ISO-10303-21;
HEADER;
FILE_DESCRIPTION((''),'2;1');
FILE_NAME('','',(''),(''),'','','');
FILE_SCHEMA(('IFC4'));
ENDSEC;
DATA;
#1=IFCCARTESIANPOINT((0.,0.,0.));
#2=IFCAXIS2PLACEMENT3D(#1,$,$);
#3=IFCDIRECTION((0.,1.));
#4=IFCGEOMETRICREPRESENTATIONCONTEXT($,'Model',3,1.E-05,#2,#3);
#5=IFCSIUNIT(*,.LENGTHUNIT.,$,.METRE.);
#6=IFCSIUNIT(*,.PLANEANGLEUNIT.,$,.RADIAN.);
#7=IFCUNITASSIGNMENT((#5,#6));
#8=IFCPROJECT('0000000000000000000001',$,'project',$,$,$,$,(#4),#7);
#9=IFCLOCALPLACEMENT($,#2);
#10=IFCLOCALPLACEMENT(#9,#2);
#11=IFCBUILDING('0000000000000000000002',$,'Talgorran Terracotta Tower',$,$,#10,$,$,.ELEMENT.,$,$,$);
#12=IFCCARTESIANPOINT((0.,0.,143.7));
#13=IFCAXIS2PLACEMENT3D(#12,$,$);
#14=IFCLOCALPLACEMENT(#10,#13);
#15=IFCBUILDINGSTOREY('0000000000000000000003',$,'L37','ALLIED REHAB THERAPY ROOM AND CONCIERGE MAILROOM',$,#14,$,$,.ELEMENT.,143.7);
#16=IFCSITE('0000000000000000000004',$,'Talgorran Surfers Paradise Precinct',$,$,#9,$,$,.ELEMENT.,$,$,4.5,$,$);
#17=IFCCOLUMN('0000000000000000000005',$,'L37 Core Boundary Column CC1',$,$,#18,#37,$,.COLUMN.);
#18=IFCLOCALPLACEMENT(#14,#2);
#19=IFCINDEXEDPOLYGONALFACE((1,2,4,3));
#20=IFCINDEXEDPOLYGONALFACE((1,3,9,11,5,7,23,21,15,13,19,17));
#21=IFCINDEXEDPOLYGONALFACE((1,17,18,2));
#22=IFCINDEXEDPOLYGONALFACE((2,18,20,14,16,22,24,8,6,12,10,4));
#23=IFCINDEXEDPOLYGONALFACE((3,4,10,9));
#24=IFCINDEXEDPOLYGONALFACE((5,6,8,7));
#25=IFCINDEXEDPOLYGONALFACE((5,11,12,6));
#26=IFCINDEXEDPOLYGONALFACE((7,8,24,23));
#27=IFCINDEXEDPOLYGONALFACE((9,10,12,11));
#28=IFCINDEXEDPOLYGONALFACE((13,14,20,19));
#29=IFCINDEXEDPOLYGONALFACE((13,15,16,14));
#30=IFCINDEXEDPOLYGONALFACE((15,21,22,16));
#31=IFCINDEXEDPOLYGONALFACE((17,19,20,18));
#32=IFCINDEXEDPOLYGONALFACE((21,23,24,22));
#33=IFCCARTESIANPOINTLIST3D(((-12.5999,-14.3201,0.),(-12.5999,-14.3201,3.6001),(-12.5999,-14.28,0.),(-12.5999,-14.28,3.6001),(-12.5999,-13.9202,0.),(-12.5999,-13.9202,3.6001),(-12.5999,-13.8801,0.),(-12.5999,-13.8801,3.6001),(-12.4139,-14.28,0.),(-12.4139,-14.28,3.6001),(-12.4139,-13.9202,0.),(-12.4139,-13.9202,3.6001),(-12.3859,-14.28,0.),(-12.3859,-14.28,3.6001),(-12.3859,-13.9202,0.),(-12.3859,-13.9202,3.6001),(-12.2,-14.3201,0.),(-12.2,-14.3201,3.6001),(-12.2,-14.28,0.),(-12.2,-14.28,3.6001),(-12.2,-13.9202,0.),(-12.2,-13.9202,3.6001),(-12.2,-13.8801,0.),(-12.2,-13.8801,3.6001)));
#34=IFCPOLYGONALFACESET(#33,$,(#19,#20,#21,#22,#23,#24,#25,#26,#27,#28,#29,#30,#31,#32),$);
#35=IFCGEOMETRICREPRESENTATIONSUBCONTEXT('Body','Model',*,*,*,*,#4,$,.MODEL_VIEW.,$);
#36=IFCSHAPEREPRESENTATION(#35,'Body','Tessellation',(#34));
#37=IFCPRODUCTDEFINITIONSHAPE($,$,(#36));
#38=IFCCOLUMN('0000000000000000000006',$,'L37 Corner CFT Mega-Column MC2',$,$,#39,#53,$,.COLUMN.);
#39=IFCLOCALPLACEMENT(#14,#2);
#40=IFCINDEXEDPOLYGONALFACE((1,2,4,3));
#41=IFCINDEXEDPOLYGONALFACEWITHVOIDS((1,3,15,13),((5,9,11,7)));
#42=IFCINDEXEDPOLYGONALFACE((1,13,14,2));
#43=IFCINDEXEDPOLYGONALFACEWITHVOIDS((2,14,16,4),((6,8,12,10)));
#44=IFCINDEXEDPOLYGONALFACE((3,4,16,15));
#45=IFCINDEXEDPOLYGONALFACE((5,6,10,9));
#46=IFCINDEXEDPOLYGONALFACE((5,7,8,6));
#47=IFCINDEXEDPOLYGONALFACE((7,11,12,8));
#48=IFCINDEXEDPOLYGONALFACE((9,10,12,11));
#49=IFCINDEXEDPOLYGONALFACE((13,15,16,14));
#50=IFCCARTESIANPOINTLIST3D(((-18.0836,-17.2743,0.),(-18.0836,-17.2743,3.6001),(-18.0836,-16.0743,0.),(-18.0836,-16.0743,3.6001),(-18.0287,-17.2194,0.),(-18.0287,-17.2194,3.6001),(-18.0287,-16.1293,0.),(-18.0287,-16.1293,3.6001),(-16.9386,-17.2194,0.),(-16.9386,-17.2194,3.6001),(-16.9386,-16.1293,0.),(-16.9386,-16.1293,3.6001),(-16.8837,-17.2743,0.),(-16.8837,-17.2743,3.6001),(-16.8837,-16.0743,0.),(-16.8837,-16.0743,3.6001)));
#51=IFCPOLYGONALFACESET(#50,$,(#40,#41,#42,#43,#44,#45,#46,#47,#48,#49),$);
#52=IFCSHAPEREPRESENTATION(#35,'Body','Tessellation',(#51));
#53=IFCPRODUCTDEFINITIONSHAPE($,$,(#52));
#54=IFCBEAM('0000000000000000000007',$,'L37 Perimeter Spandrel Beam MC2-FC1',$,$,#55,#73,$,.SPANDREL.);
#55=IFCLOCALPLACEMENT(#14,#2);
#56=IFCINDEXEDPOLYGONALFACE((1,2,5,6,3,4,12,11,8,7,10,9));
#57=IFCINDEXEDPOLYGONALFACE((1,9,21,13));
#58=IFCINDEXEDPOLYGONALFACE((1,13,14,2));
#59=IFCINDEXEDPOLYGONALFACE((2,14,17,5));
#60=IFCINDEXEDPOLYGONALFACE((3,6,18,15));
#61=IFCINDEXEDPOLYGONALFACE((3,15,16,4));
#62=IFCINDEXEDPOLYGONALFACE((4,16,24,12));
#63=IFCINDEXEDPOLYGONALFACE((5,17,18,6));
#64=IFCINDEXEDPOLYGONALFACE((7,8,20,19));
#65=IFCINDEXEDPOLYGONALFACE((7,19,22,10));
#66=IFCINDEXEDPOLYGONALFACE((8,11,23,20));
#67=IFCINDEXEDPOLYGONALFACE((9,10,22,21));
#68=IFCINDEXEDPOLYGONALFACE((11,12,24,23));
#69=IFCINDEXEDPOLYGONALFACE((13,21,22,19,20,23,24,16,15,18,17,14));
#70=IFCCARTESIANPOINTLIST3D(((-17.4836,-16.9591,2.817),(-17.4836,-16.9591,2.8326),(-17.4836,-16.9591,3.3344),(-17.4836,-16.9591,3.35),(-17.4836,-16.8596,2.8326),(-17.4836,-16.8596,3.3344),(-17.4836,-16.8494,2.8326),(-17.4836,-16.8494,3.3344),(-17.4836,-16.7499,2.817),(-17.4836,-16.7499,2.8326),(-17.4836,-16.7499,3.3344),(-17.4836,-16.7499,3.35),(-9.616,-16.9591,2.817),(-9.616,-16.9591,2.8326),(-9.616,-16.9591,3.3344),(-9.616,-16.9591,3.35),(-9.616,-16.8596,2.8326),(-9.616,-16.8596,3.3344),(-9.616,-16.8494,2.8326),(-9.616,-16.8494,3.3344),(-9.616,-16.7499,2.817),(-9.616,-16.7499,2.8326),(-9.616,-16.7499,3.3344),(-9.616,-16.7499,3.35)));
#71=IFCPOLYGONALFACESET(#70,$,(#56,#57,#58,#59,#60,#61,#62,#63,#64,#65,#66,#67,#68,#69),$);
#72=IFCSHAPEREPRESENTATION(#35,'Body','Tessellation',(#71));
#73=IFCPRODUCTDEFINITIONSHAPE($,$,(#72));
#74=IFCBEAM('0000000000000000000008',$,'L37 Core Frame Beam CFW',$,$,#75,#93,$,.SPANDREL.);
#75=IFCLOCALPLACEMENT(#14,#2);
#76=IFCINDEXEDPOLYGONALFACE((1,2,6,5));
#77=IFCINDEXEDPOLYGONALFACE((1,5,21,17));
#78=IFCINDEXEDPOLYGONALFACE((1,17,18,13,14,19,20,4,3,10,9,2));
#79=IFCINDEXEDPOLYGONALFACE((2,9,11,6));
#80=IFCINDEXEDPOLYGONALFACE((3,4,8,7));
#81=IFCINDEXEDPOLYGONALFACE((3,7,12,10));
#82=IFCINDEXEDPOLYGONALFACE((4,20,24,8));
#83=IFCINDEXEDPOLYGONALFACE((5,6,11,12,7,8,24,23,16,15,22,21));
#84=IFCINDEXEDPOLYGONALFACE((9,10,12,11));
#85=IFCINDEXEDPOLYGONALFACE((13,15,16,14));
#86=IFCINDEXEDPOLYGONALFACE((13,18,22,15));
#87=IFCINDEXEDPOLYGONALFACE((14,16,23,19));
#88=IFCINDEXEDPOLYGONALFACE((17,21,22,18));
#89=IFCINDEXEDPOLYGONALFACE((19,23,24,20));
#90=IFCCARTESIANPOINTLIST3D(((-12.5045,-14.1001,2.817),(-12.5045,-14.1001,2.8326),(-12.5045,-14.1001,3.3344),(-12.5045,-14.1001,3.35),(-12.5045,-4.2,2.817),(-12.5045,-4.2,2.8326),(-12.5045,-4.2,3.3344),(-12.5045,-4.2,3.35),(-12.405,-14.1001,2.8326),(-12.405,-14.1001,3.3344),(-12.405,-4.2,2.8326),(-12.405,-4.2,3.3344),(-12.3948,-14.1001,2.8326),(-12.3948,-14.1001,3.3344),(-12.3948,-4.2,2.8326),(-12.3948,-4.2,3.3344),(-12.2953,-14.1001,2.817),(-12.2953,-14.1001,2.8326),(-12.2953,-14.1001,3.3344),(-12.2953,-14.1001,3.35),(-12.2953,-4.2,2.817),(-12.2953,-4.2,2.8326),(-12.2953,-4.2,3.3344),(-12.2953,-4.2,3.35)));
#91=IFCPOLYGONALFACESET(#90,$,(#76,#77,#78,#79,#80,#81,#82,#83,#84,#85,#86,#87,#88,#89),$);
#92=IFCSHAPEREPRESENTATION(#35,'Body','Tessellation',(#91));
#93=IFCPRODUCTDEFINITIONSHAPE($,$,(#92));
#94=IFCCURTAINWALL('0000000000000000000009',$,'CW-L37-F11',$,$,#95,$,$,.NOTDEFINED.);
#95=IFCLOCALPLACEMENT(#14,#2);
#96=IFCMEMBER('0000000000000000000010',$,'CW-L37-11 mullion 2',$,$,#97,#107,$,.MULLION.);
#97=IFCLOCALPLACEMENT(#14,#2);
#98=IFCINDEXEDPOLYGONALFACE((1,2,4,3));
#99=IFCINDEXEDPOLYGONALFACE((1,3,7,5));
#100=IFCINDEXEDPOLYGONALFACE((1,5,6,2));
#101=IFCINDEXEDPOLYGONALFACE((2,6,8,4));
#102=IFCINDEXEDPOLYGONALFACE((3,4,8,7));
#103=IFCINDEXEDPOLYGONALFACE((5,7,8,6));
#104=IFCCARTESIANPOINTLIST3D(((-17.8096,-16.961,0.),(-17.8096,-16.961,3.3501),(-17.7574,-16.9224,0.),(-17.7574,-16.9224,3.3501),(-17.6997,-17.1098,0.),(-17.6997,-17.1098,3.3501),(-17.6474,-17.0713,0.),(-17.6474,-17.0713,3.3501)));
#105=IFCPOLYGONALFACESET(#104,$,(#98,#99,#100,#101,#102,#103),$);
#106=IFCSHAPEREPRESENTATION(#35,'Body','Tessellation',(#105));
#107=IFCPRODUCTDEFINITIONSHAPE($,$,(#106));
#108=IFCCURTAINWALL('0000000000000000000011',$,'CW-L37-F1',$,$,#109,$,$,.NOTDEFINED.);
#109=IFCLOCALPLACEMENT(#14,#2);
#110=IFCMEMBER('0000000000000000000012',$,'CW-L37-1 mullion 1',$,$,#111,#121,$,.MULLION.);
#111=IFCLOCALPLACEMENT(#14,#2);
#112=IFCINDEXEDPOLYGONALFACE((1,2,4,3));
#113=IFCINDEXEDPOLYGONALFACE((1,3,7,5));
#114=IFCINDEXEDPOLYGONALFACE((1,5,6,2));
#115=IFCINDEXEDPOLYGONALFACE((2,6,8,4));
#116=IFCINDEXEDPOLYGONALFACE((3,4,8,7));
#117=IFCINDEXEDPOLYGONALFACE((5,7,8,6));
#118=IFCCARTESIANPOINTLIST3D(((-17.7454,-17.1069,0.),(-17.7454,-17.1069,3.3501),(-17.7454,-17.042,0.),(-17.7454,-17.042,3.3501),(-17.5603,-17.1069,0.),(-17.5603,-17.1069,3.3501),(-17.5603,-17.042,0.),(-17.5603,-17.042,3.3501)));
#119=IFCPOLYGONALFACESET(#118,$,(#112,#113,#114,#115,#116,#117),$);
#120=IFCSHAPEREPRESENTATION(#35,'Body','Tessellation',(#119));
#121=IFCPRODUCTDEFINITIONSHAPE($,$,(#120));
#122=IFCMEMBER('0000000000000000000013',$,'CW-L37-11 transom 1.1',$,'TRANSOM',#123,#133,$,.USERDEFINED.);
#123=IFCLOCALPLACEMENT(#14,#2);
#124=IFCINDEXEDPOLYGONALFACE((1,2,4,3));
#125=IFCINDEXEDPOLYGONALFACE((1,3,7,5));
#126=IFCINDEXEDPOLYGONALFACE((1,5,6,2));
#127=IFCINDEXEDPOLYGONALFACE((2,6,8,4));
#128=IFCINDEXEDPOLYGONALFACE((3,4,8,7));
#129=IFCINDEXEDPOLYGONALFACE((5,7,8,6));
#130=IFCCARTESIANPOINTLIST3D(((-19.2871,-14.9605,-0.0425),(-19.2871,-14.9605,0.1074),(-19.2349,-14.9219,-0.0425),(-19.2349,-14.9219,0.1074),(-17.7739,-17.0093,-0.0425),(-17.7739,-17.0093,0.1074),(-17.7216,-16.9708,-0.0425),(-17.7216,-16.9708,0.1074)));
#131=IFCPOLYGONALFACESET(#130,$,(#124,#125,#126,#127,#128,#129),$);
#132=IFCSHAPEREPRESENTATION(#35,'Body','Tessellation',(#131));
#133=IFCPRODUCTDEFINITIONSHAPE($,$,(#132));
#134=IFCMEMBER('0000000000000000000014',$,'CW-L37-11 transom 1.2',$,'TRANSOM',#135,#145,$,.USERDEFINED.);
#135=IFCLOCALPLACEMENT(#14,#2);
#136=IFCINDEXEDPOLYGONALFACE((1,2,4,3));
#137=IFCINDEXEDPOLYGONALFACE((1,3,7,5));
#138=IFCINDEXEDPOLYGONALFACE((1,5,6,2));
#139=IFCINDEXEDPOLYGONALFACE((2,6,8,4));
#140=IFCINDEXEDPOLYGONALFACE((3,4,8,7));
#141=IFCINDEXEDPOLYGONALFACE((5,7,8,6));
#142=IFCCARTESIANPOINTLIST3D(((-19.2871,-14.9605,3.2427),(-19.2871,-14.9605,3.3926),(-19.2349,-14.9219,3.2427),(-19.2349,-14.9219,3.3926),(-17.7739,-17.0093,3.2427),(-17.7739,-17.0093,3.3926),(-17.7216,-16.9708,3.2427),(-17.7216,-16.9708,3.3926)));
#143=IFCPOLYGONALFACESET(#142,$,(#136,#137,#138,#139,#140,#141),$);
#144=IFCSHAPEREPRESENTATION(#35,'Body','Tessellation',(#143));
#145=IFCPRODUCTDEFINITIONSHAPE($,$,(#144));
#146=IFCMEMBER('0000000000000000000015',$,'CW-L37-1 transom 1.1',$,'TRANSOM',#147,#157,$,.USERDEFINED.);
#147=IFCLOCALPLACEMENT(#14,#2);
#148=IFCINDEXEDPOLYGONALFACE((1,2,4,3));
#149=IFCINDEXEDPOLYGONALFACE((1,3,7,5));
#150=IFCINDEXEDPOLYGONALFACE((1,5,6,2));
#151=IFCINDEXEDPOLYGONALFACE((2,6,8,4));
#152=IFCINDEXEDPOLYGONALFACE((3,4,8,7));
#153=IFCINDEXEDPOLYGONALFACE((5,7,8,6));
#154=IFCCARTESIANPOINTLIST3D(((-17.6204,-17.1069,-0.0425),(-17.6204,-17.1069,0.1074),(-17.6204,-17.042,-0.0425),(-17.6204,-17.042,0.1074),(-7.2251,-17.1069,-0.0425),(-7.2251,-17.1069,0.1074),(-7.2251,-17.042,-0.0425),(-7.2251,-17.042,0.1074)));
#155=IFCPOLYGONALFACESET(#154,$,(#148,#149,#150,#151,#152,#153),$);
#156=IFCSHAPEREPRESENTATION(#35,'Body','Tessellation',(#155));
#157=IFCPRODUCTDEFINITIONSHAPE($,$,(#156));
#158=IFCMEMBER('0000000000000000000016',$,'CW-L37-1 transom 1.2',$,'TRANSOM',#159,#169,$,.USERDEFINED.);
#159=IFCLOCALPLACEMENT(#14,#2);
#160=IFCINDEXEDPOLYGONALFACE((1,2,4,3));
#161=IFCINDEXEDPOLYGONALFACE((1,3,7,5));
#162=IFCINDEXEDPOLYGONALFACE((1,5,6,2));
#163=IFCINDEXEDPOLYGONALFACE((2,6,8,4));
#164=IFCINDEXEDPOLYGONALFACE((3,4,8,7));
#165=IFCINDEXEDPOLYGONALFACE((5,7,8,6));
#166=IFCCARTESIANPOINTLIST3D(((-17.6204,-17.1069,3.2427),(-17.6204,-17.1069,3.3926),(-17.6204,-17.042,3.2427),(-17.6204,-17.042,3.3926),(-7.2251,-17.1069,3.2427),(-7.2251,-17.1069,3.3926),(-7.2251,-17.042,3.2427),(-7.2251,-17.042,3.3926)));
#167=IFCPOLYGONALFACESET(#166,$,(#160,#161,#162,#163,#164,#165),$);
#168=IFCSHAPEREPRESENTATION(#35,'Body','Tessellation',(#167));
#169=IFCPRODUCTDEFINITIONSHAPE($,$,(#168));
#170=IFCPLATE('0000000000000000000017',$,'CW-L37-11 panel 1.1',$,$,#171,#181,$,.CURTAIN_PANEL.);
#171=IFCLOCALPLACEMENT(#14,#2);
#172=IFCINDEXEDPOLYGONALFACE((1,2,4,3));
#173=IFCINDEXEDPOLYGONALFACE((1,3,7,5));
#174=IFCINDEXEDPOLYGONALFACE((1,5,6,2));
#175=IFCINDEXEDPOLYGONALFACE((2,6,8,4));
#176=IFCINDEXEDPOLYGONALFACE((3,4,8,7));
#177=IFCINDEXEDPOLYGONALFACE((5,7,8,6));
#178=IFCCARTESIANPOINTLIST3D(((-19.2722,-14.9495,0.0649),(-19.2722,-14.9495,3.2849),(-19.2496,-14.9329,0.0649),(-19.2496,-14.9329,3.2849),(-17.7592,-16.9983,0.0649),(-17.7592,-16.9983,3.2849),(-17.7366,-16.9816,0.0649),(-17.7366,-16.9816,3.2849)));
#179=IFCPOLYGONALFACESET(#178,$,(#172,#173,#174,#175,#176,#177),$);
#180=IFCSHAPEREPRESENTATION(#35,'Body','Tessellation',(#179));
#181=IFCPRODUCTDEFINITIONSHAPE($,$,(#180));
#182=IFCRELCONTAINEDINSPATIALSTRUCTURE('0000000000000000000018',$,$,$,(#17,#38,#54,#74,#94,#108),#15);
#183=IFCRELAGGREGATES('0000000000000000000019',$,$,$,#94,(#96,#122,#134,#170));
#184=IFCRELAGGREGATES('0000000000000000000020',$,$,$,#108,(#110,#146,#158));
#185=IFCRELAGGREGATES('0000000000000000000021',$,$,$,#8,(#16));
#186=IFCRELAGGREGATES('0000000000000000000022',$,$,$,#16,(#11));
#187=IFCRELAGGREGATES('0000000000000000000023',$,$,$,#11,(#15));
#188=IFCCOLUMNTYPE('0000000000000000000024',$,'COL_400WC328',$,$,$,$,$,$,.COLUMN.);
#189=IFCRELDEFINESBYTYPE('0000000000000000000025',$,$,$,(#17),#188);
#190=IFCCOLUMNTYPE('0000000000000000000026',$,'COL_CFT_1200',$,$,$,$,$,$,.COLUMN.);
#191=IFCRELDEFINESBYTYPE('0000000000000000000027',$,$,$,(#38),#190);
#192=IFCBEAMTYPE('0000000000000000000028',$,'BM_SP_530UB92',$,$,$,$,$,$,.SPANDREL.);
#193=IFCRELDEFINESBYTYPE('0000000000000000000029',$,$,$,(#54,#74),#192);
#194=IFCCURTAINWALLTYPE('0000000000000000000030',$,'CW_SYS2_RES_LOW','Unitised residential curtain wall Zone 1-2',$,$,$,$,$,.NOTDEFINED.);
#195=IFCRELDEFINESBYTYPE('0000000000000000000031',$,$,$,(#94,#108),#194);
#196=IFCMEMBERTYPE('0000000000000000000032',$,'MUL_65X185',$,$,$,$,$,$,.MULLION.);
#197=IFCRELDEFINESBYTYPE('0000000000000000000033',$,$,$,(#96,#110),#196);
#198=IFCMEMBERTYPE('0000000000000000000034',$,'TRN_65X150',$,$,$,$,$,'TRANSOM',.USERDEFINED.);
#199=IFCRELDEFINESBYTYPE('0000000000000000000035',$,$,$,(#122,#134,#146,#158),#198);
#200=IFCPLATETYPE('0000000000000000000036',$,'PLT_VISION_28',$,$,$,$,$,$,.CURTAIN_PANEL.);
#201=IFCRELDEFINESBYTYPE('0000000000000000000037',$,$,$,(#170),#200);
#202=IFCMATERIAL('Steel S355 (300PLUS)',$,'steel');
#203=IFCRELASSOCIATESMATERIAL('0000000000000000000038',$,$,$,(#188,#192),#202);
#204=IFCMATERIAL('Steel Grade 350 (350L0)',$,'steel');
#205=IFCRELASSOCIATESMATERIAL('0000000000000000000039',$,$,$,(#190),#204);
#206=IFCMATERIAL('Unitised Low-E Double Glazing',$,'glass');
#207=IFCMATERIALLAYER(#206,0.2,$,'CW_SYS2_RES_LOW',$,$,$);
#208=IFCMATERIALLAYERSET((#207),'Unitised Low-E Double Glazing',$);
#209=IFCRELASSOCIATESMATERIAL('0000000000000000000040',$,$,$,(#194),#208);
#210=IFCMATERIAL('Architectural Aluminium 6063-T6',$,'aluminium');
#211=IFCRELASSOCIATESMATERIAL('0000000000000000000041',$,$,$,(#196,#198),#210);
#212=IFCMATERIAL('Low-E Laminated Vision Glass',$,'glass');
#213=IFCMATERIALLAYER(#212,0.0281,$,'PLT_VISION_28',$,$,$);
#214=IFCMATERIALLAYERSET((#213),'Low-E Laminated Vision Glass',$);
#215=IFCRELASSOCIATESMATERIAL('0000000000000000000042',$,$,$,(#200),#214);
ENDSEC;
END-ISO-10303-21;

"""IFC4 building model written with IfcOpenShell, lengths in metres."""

from ifc_helpers import new_model, si_unit, direction, frame, origin, origin_2d, place, context, subcontext, project, spatial, rectangle, hollow_rectangle, i_section, extrude, source, transform, mapped, material, layer, layer_set, material_profile, profile_set, type_object, element, aggregate, save


model = new_model("IFC4")

# Units and contexts
model_context = context("Model", 3, precision=1e-05, world=origin(), true_north=direction((0.0, 1.0)))
body_context = subcontext(model_context, "Body", "Model", "MODEL_VIEW")
ifc_project = project(units=[si_unit("LENGTHUNIT", "METRE"), si_unit("PLANEANGLEUNIT", "RADIAN")], contexts=[model_context])

# Site, building, storey
site_placement = place(None, origin())
site = spatial("IfcSite", under=ifc_project, at=site_placement, Name="Talgorran Surfers Paradise Precinct", CompositionType="ELEMENT", RefElevation=4.5)
building_placement = place(site_placement, origin())
building = spatial("IfcBuilding", under=site, at=building_placement, Name="Talgorran Terracotta Tower", CompositionType="ELEMENT")
storey_placement = place(building_placement, frame((0.0, 0.0, 143.7)))
storey = spatial("IfcBuildingStorey", under=building, at=storey_placement, Name="L37", Description="ALLIED REHAB THERAPY ROOM AND CONCIERGE MAILROOM", CompositionType="ELEMENT", Elevation=143.7)

# Columns
ifc_material_1 = material(Name="Steel S355 (300PLUS)", Category="steel")
ifc_material_profile_1 = material_profile(ifc_material_1, i_section(OverallWidth=0.3999, OverallDepth=0.4399, WebThickness=0.0281, FlangeThickness=0.04, at=origin_2d()), Name="400WC328")
ifc_profile_set_1 = profile_set([ifc_material_profile_1], Name="Steel S355 (300PLUS)")
column_type_1 = type_object("IfcColumnType", Name="COL_400WC328", PredefinedType="COLUMN", material=ifc_profile_set_1)
column_1_placement = place(storey_placement, frame((-12.3999, -14.1001, 0.0), z_axis=(0.0, 0.0, 1.0), x_axis=(1.0, 0.0, 0.0)))
element("IfcColumn", 1, at=column_1_placement, inside=storey, type_object=column_type_1, Name="L37 Core Boundary Column CC1", PredefinedType="COLUMN", context=body_context, shape_type="SweptSolid", body=[
    extrude(i_section(OverallWidth=0.3999, OverallDepth=0.4399, WebThickness=0.0281, FlangeThickness=0.04, at=origin_2d()), origin(), (0.0, 0.0, 1.0), 3.6001),
])
ifc_material_2 = material(Name="Steel Grade 350 (350L0)", Category="steel")
ifc_material_profile_2 = material_profile(ifc_material_2, hollow_rectangle(XDim=1.2, YDim=1.2, WallThickness=0.0549, at=origin_2d()), Name="CFT1200X1200X55")
ifc_profile_set_2 = profile_set([ifc_material_profile_2], Name="Steel Grade 350 (350L0)")
column_type_2 = type_object("IfcColumnType", Name="COL_CFT_1200", PredefinedType="COLUMN", material=ifc_profile_set_2)
column_2_placement = place(storey_placement, frame((-17.4836, -16.6743, 0.0), z_axis=(0.0, 0.0, 1.0), x_axis=(1.0, 0.0, 0.0)))
element("IfcColumn", 2, at=column_2_placement, inside=storey, type_object=column_type_2, Name="L37 Corner CFT Mega-Column MC2", PredefinedType="COLUMN", context=body_context, shape_type="SweptSolid", body=[
    extrude(hollow_rectangle(XDim=1.2, YDim=1.2, WallThickness=0.0549, at=origin_2d()), origin(), (0.0, 0.0, 1.0), 3.6001),
])

# Beams
ifc_material_profile_3 = material_profile(ifc_material_1, i_section(OverallWidth=0.2092, OverallDepth=0.533, WebThickness=0.0103, FlangeThickness=0.0156, at=origin_2d()), Name="530UB92.4")
ifc_profile_set_3 = profile_set([ifc_material_profile_3], Name="Steel S355 (300PLUS)")
beam_type = type_object("IfcBeamType", Name="BM_SP_530UB92", PredefinedType="SPANDREL", material=ifc_profile_set_3)
beam_1_placement = place(storey_placement, frame((-17.4836, -16.8545, 3.0835), z_axis=(1.0, 0.0, 0.0), x_axis=(0.0, 1.0, 0.0)))
element("IfcBeam", 3, at=beam_1_placement, inside=storey, type_object=beam_type, Name="L37 Perimeter Spandrel Beam MC2-FC1", PredefinedType="SPANDREL", context=body_context, shape_type="SweptSolid", body=[
    extrude(i_section(OverallWidth=0.2092, OverallDepth=0.533, WebThickness=0.0103, FlangeThickness=0.0156, at=origin_2d()), origin(), (0.0, 0.0, 1.0), 7.8677),
])
beam_2_placement = place(storey_placement, frame((-12.3999, -14.1001, 3.0835), z_axis=(0.0, 1.0, 0.0), x_axis=(-1.0, 0.0, 0.0)))
element("IfcBeam", 4, at=beam_2_placement, inside=storey, type_object=beam_type, Name="L37 Core Frame Beam CFW", PredefinedType="SPANDREL", context=body_context, shape_type="SweptSolid", body=[
    extrude(i_section(OverallWidth=0.2092, OverallDepth=0.533, WebThickness=0.0103, FlangeThickness=0.0156, at=origin_2d()), origin(), (0.0, 0.0, 1.0), 9.9001),
])

# Curtain walls, members
ifc_material_3 = material(Name="Unitised Low-E Double Glazing", Category="glass")
ifc_layer_1 = layer(ifc_material_3, 0.2, Name="CW_SYS2_RES_LOW")
ifc_layer_set_1 = layer_set([ifc_layer_1], Name="Unitised Low-E Double Glazing")
curtain_wall_type = type_object("IfcCurtainWallType", Name="CW_SYS2_RES_LOW", Description="Unitised residential curtain wall Zone 1-2", PredefinedType="NOTDEFINED", material=ifc_layer_set_1)
curtain_wall_1_placement = place(storey_placement, origin())
curtain_wall_1 = element("IfcCurtainWall", 5, at=curtain_wall_1_placement, inside=storey, type_object=curtain_wall_type, Name="CW-L37-F11", PredefinedType="NOTDEFINED")
ifc_material_4 = material(Name="Architectural Aluminium 6063-T6", Category="aluminium")
ifc_material_profile_4 = material_profile(ifc_material_4, rectangle(XDim=0.0649, YDim=0.1851, at=origin_2d()), Name="CWM65X185")
ifc_profile_set_4 = profile_set([ifc_material_profile_4], Name="Architectural Aluminium 6063-T6")
member_type_1 = type_object("IfcMemberType", Name="MUL_65X185", PredefinedType="MULLION", material=ifc_profile_set_4)
member_1_placement = place(storey_placement, frame((-17.7285, -17.0161, 0.0), z_axis=(0.0, 0.0, 1.0), x_axis=(0.804416, 0.594066, 0.0)))
member_1 = element("IfcMember", 6, at=member_1_placement, type_object=member_type_1, Name="CW-L37-11 mullion 2", PredefinedType="MULLION", context=body_context, shape_type="SweptSolid", body=[
    extrude(rectangle(XDim=0.0649, YDim=0.1851, at=origin_2d()), origin(), (0.0, 0.0, 1.0), 3.3501),
])
curtain_wall_2_placement = place(storey_placement, origin())
curtain_wall_2 = element("IfcCurtainWall", 7, at=curtain_wall_2_placement, inside=storey, type_object=curtain_wall_type, Name="CW-L37-F1", PredefinedType="NOTDEFINED")
member_2_placement = place(storey_placement, frame((-17.6528, -17.0745, 0.0), z_axis=(0.0, 0.0, 1.0), x_axis=(0.0, 1.0, 0.0)))
member_2 = element("IfcMember", 8, at=member_2_placement, type_object=member_type_1, Name="CW-L37-1 mullion 1", PredefinedType="MULLION", context=body_context, shape_type="SweptSolid", body=[
    extrude(rectangle(XDim=0.0649, YDim=0.1851, at=origin_2d()), origin(), (0.0, 0.0, 1.0), 3.3501),
])

# Members
ifc_material_profile_5 = material_profile(ifc_material_4, rectangle(XDim=0.0649, YDim=0.1499, at=origin_2d()), Name="CWT65X150")
ifc_profile_set_5 = profile_set([ifc_material_profile_5], Name="Architectural Aluminium 6063-T6")
member_type_2 = type_object("IfcMemberType", Name="TRN_65X150", ElementType="TRANSOM", PredefinedType="USERDEFINED", material=ifc_profile_set_5)
member_3_placement = place(storey_placement, frame((-19.261, -14.9412, 0.0325), z_axis=(0.594095, -0.804395, 0.0), x_axis=(0.804395, 0.594095, 0.0)))
member_3 = element("IfcMember", 9, at=member_3_placement, type_object=member_type_2, Name="CW-L37-11 transom 1.1", ObjectType="TRANSOM", PredefinedType="USERDEFINED", context=body_context, shape_type="SweptSolid", body=[
    extrude(rectangle(XDim=0.0649, YDim=0.1499, at=origin_2d()), origin(), (0.0, 0.0, 1.0), 2.5471),
])
member_4_placement = place(storey_placement, frame((-19.261, -14.9412, 3.3176), z_axis=(0.594095, -0.804395, 0.0), x_axis=(0.804395, 0.594095, 0.0)))
member_4 = element("IfcMember", 10, at=member_4_placement, type_object=member_type_2, Name="CW-L37-11 transom 1.2", ObjectType="TRANSOM", PredefinedType="USERDEFINED", context=body_context, shape_type="SweptSolid", body=[
    extrude(rectangle(XDim=0.0649, YDim=0.1499, at=origin_2d()), origin(), (0.0, 0.0, 1.0), 2.5471),
])
member_5_placement = place(storey_placement, frame((-17.6204, -17.0745, 0.0325), z_axis=(1.0, 0.0, 0.0), x_axis=(0.0, 1.0, 0.0)))
member_5 = element("IfcMember", 11, at=member_5_placement, type_object=member_type_2, Name="CW-L37-1 transom 1.1", ObjectType="TRANSOM", PredefinedType="USERDEFINED", context=body_context, shape_type="SweptSolid", body=[
    extrude(rectangle(XDim=0.0649, YDim=0.1499, at=origin_2d()), origin(), (0.0, 0.0, 1.0), 10.3953),
])
member_6_placement = place(storey_placement, frame((-17.6204, -17.0745, 3.3176), z_axis=(1.0, 0.0, 0.0), x_axis=(0.0, 1.0, 0.0)))
member_6 = element("IfcMember", 12, at=member_6_placement, type_object=member_type_2, Name="CW-L37-1 transom 1.2", ObjectType="TRANSOM", PredefinedType="USERDEFINED", context=body_context, shape_type="SweptSolid", body=[
    extrude(rectangle(XDim=0.0649, YDim=0.1499, at=origin_2d()), origin(), (0.0, 0.0, 1.0), 10.3953),
])

# Plate
ifc_material_5 = material(Name="Low-E Laminated Vision Glass", Category="glass")
ifc_layer_2 = layer(ifc_material_5, 0.0281, Name="PLT_VISION_28")
ifc_layer_set_2 = layer_set([ifc_layer_2], Name="Low-E Laminated Vision Glass")
plate_type = type_object("IfcPlateType", Name="PLT_VISION_28", PredefinedType="CURTAIN_PANEL", material=ifc_layer_set_2)
shared_shape_1 = source(origin(), body_context, "Body", "SweptSolid", [
    extrude(rectangle(XDim=2.5469, YDim=0.0281, at=origin_2d()), origin(), (0.0, 0.0, 1.0), 3.22),
])
plate_1_placement = place(storey_placement, frame((-18.5044, -15.9656, 0.0649), z_axis=(0.0, 0.0, 1.0), x_axis=(0.594066, -0.804416, 0.0)))
plate_1 = element("IfcPlate", 13, at=plate_1_placement, type_object=plate_type, Name="CW-L37-11 panel 1.1", PredefinedType="CURTAIN_PANEL", context=body_context, shape_type="MappedRepresentation", body=[
    mapped(shared_shape_1, transform((0.0, 0.0, 0.0), scale=1.0)),
])
aggregate(curtain_wall_1, [member_1, member_3, member_4, plate_1])
aggregate(curtain_wall_2, [member_2, member_5, member_6])

save(model, "model.ifc")
